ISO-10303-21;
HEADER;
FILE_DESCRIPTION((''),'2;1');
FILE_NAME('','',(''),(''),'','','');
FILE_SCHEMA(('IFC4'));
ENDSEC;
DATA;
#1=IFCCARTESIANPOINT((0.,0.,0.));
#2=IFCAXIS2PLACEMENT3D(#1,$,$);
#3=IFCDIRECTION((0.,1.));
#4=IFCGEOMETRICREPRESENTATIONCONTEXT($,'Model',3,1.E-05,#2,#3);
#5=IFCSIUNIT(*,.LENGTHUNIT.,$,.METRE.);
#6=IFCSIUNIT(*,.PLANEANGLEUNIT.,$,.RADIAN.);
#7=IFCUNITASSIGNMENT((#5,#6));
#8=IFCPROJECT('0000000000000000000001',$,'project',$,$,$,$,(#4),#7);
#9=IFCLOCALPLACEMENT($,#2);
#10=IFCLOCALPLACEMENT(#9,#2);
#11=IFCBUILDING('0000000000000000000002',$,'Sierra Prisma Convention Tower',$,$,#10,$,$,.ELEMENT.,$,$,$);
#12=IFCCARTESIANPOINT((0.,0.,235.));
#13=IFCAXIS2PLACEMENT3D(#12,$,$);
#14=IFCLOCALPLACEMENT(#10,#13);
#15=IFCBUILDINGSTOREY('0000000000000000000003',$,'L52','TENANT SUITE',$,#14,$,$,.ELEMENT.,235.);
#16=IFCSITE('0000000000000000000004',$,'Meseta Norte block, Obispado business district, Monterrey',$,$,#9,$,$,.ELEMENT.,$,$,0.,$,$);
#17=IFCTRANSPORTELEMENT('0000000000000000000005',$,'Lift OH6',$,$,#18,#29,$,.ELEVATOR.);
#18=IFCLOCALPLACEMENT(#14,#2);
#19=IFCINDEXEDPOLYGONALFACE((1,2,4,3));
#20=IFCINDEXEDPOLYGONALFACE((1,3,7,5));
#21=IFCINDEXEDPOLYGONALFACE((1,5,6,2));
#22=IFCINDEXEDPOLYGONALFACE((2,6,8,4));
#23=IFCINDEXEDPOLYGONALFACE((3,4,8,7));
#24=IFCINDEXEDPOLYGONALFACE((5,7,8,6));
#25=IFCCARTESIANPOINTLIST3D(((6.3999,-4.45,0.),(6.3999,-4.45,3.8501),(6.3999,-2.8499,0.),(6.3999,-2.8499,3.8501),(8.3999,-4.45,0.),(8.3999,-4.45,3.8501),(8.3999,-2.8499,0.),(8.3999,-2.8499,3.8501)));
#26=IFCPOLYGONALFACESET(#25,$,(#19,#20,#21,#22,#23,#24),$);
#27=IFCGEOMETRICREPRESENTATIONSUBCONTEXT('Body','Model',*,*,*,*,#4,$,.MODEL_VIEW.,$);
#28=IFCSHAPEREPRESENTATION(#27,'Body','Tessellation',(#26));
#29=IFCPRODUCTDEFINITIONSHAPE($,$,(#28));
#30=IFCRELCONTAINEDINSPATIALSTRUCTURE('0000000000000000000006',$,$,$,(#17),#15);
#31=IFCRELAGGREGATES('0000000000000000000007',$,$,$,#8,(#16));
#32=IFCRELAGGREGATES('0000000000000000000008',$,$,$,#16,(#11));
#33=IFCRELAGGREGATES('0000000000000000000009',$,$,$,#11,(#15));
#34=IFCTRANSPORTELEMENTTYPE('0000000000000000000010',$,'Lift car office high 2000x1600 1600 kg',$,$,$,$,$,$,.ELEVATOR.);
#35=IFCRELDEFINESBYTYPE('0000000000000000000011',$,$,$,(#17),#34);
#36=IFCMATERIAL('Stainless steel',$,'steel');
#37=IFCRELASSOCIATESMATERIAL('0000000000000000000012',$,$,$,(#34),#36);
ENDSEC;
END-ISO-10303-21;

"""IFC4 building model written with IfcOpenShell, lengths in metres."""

from ifc_helpers import new_model, si_unit, direction, frame, origin, origin_2d, place, context, subcontext, project, spatial, rectangle, extrude, material, type_object, element, save


model = new_model("IFC4")

# Units and contexts
model_context = context("Model", 3, precision=1e-05, world=origin(), true_north=direction((0.0, 1.0)))
body_context = subcontext(model_context, "Body", "Model", "MODEL_VIEW")
ifc_project = project(units=[si_unit("LENGTHUNIT", "METRE"), si_unit("PLANEANGLEUNIT", "RADIAN")], contexts=[model_context])

# Site, building, storey
site_placement = place(None, origin())
site = spatial("IfcSite", under=ifc_project, at=site_placement, Name="Meseta Norte block, Obispado business district, Monterrey", CompositionType="ELEMENT", RefElevation=0.0)
building_placement = place(site_placement, origin())
building = spatial("IfcBuilding", under=site, at=building_placement, Name="Sierra Prisma Convention Tower", CompositionType="ELEMENT")
storey_placement = place(building_placement, frame((0.0, 0.0, 235.0)))
storey = spatial("IfcBuildingStorey", under=building, at=storey_placement, Name="L52", Description="TENANT SUITE", CompositionType="ELEMENT", Elevation=235.0)

# Transport element
ifc_material_1 = material(Name="Stainless steel", Category="steel")
transport_element_type = type_object("IfcTransportElementType", Name="Lift car office high 2000x1600 1600 kg", PredefinedType="ELEVATOR", material=ifc_material_1)
for number, where, z_axis, x_axis, name in (
    (1, (7.3999, -3.6499, 0.0), (0.0, 0.0, 1.0), (1.0, 0.0, 0.0), "Lift OH6"),
):
    element("IfcTransportElement", number, at=place(storey_placement, frame(where, z_axis=z_axis, x_axis=x_axis)), inside=storey, type_object=transport_element_type, Name=name, PredefinedType="ELEVATOR", context=body_context, shape_type="SweptSolid", body=[
        extrude(rectangle(XDim=2.0, YDim=1.6001, at=origin_2d()), origin(), (0.0, 0.0, 1.0), 3.8501),
    ])

save(model, "model.ifc")
